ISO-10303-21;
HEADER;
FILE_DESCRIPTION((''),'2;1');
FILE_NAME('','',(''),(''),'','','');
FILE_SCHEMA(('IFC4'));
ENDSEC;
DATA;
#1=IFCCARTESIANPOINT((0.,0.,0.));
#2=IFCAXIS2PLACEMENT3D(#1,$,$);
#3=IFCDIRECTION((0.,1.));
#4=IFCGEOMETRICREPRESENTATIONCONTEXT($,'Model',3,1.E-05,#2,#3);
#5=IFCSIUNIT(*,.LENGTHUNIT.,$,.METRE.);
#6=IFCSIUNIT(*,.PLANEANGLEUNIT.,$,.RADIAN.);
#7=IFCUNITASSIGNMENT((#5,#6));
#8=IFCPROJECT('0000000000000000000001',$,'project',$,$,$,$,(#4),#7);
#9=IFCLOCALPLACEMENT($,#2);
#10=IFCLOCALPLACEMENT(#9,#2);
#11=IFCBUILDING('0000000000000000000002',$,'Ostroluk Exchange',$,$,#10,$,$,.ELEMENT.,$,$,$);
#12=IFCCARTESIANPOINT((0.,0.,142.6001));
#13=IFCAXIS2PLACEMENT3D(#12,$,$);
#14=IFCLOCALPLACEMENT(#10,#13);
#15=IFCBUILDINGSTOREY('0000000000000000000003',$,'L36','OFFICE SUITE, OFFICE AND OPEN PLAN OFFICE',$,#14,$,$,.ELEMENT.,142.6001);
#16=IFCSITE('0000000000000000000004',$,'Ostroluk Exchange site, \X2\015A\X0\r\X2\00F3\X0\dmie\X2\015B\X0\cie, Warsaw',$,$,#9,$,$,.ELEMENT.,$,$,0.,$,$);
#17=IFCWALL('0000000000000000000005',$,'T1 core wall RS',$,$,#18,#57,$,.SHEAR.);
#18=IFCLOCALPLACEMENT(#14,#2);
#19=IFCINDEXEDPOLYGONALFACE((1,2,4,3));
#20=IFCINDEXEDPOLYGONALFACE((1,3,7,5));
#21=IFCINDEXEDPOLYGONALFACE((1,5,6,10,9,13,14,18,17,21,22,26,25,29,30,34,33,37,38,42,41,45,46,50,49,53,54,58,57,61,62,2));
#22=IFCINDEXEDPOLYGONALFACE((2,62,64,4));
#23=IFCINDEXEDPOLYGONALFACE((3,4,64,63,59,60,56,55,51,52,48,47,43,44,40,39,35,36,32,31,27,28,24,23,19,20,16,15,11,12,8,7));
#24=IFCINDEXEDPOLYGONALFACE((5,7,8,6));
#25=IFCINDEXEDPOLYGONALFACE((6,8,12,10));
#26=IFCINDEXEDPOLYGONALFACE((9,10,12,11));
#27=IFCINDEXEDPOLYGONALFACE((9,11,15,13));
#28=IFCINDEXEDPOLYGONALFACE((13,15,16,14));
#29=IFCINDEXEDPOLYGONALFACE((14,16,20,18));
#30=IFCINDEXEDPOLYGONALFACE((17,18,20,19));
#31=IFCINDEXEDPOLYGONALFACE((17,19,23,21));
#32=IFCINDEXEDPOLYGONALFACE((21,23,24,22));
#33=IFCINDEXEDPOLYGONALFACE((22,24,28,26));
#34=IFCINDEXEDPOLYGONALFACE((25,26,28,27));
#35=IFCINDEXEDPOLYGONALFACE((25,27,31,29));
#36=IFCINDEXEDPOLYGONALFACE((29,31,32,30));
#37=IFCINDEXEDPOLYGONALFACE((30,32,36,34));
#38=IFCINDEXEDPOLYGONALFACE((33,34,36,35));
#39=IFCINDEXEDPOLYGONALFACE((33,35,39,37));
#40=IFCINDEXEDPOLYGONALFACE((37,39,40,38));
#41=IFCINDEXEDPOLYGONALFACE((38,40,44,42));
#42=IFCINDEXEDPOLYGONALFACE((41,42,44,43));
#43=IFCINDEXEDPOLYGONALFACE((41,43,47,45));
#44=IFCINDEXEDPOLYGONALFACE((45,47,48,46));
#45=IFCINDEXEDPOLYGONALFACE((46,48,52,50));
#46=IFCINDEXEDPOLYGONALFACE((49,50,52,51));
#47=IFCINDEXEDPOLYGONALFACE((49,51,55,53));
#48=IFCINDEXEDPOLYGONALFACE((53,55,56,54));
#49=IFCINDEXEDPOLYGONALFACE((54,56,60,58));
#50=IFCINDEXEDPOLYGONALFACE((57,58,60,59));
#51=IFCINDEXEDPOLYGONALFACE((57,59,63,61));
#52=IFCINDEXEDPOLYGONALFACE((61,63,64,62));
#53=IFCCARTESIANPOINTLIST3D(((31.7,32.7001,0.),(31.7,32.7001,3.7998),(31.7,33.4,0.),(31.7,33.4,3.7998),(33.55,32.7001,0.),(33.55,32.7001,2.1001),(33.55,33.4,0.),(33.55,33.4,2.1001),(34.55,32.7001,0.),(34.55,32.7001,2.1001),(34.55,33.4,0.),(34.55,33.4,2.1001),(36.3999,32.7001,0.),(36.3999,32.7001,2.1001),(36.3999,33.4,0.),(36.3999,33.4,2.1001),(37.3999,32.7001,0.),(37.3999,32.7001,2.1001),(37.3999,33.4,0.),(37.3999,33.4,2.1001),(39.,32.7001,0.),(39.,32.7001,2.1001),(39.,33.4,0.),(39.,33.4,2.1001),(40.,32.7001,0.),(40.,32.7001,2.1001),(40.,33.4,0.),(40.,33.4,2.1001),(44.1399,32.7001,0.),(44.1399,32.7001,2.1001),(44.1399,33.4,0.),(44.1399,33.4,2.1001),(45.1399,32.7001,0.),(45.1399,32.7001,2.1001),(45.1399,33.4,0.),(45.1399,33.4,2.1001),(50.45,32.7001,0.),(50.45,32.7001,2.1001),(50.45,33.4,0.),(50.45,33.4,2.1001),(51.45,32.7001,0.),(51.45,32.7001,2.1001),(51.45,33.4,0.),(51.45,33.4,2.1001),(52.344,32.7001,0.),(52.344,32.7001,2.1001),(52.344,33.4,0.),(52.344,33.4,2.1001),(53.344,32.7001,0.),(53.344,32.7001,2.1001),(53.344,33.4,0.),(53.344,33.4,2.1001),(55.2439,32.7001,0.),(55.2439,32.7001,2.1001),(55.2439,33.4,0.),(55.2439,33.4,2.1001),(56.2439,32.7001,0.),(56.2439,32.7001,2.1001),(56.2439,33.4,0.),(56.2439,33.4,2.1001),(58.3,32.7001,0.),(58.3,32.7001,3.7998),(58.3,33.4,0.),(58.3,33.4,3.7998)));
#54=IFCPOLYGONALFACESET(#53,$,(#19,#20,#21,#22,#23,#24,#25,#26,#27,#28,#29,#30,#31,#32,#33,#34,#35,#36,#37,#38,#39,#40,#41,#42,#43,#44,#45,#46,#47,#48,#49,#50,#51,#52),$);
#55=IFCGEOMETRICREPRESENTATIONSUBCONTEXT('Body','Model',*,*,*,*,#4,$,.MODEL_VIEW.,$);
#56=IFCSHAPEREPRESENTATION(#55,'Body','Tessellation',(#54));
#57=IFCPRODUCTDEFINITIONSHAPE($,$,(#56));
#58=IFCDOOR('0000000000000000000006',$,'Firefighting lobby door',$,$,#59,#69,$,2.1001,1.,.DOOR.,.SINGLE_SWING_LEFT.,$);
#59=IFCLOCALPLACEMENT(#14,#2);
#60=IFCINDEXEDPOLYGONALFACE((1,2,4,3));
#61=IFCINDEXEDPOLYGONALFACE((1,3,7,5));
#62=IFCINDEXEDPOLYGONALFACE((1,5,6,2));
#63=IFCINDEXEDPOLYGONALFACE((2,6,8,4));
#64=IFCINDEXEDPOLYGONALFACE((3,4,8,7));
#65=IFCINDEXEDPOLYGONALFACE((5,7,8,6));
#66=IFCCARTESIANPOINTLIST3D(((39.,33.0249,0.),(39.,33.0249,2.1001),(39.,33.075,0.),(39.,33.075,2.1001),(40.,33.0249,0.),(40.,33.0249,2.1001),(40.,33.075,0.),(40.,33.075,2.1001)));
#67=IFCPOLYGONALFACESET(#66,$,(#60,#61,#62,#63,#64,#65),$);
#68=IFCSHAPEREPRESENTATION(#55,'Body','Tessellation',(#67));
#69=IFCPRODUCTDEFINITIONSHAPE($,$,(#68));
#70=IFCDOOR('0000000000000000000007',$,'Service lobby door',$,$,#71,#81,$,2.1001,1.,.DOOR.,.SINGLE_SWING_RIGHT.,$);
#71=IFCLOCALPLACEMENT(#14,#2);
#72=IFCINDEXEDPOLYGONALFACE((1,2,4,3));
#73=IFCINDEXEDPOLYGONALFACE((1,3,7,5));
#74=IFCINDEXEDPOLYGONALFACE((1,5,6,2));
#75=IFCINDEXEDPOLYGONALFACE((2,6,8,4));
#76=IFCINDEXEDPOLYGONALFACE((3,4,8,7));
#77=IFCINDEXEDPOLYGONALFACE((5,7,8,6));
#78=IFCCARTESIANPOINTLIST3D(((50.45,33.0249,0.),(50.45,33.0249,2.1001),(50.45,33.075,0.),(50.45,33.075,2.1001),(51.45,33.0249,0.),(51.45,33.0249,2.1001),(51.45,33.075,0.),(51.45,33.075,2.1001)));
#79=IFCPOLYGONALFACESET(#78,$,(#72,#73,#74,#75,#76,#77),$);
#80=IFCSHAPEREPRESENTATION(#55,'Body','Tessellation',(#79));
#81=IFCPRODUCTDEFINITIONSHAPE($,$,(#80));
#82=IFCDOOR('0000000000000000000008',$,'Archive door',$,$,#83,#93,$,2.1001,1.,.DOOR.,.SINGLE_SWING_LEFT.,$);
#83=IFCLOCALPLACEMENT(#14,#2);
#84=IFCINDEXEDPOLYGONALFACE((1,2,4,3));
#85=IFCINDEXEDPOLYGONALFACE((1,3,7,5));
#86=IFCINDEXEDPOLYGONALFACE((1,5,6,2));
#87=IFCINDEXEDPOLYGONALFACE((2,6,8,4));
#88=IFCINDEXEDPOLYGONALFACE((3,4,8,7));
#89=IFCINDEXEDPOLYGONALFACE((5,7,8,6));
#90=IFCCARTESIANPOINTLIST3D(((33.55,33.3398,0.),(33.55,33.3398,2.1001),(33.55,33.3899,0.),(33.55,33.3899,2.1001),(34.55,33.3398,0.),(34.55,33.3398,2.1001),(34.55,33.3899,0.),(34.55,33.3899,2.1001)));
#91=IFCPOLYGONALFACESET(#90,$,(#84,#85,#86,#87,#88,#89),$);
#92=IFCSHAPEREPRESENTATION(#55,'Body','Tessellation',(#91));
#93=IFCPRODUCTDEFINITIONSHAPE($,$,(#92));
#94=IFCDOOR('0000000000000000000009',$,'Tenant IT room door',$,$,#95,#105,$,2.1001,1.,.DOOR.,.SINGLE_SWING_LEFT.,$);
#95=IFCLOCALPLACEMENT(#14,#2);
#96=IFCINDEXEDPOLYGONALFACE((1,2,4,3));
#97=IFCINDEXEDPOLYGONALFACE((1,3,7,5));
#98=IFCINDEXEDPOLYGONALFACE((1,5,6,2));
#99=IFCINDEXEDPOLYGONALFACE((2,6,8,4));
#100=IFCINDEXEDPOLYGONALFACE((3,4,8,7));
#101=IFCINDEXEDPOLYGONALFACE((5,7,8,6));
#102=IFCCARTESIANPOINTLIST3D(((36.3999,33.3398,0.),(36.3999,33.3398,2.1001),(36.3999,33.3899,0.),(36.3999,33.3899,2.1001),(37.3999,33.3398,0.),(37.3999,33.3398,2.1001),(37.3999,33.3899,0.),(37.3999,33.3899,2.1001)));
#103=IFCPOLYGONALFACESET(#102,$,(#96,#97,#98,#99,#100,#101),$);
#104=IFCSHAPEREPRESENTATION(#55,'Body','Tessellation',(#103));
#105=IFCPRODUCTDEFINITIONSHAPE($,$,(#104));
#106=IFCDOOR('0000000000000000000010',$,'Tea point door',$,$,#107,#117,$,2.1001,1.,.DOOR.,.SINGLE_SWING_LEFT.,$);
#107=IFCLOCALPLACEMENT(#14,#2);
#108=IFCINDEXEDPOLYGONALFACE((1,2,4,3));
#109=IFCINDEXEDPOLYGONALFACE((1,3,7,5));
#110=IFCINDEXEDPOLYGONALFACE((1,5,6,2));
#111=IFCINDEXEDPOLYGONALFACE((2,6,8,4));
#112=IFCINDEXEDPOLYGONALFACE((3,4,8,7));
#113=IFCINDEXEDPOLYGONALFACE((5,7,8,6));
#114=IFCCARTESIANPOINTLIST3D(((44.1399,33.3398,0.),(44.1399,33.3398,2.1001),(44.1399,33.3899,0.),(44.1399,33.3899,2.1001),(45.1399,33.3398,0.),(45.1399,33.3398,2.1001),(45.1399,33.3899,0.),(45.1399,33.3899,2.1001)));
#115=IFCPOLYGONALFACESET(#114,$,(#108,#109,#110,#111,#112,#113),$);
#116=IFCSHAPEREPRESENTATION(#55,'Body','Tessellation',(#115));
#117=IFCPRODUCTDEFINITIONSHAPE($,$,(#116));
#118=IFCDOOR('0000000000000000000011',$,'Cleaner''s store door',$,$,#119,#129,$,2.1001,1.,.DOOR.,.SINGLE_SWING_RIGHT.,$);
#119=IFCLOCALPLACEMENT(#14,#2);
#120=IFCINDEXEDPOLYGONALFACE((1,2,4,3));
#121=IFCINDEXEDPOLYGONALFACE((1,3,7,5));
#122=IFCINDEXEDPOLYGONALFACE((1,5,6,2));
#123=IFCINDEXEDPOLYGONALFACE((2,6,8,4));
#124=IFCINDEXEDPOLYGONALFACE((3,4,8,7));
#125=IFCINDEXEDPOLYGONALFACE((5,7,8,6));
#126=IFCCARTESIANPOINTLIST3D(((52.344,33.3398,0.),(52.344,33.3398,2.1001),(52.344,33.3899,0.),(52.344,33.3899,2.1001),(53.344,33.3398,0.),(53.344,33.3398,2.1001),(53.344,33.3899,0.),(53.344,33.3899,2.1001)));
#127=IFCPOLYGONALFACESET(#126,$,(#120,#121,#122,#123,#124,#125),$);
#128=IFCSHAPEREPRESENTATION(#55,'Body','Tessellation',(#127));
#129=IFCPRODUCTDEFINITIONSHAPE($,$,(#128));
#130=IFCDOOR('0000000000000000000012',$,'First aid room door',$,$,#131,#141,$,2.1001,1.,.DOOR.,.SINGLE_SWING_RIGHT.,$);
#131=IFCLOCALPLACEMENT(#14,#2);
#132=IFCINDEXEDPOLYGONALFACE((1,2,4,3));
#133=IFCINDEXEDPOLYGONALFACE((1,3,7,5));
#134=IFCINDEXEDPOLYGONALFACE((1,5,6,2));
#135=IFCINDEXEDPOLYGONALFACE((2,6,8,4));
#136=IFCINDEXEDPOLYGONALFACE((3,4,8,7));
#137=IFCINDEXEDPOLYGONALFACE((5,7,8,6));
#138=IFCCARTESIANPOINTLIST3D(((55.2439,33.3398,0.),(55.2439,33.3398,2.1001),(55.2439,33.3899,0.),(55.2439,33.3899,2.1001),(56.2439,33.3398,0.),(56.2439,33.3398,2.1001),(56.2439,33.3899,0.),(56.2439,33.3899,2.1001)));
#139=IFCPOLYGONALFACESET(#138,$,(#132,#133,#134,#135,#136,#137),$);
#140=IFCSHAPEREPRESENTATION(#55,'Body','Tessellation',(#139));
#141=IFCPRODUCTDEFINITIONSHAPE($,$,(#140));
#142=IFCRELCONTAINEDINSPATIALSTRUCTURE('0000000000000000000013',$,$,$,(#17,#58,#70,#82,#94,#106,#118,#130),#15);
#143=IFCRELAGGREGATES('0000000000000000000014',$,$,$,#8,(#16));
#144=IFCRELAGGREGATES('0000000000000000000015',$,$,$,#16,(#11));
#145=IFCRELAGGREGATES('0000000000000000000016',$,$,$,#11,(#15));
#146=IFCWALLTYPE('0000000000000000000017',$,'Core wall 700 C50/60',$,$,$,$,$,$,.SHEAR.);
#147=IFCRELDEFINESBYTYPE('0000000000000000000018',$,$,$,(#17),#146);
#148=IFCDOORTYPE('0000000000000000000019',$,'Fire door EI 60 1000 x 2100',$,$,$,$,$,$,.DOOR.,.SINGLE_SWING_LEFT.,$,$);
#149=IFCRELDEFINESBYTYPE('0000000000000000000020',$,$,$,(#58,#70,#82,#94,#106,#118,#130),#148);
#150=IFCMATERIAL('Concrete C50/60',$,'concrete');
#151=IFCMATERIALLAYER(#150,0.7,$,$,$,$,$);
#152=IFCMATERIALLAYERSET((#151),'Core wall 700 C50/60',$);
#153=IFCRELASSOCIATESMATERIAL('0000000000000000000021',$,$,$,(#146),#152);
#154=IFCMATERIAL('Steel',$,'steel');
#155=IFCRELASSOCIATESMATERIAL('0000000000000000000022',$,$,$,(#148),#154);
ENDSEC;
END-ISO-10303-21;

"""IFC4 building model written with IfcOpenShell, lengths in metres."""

from ifc_helpers import new_model, si_unit, direction, frame, frame_2d, origin, place, context, subcontext, project, spatial, rectangle, extrude, material, layer, layer_set, type_object, element, fill, save


model = new_model("IFC4")

# Units and contexts
model_context = context("Model", 3, precision=1e-05, world=origin(), true_north=direction((0.0, 1.0)))
body_context = subcontext(model_context, "Body", "Model", "MODEL_VIEW")
ifc_project = project(units=[si_unit("LENGTHUNIT", "METRE"), si_unit("PLANEANGLEUNIT", "RADIAN")], contexts=[model_context])

# Site, building, storey
site_placement = place(None, origin())
site = spatial("IfcSite", under=ifc_project, at=site_placement, Name="Ostroluk Exchange site, Śródmieście, Warsaw", CompositionType="ELEMENT", RefElevation=0.0)
building_placement = place(site_placement, origin())
building = spatial("IfcBuilding", under=site, at=building_placement, Name="Ostroluk Exchange", CompositionType="ELEMENT")
storey_placement = place(building_placement, frame((0.0, 0.0, 142.6001)))
storey = spatial("IfcBuildingStorey", under=building, at=storey_placement, Name="L36", Description="OFFICE SUITE, OFFICE AND OPEN PLAN OFFICE", CompositionType="ELEMENT", Elevation=142.6001)

# Wall, openings, doors
ifc_material_1 = material(Name="Concrete C50/60", Category="concrete")
ifc_layer_1 = layer(ifc_material_1, 0.7)
ifc_layer_set_1 = layer_set([ifc_layer_1], Name="Core wall 700 C50/60")
wall_type_1 = type_object("IfcWallType", Name="Core wall 700 C50/60", PredefinedType="SHEAR", material=ifc_layer_set_1)
wall_1_placement = place(storey_placement, frame((31.7, 33.05, 0.0), z_axis=(0.0, 0.0, 1.0), x_axis=(1.0, 0.0, 0.0)))
wall_1 = element("IfcWall", 1, at=wall_1_placement, inside=storey, type_object=wall_type_1, Name="T1 core wall RS", PredefinedType="SHEAR", context=body_context, shape_type="SweptSolid", body=[
    extrude(rectangle(XDim=26.6001, YDim=0.7, at=frame_2d((13.3, 0.0))), origin(), (0.0, 0.0, 1.0), 3.7998),
])
opening_1_placement = place(wall_1_placement, frame((7.3, 0.0, 0.0)))
opening_1 = element("IfcOpeningElement", 2, at=opening_1_placement, cuts=wall_1, PredefinedType="OPENING", context=body_context, shape_type="SweptSolid", body=[
    extrude(rectangle(XDim=1.0, YDim=2.1001, at=frame_2d((0.5, 1.05))), frame((0.0, 0.3599, 0.0), z_axis=(0.0, -1.0, 0.0), x_axis=(1.0, 0.0, 0.0)), (0.0, 0.0, 1.0), 0.72),
])
opening_2_placement = place(wall_1_placement, frame((18.75, 0.0, 0.0)))
opening_2 = element("IfcOpeningElement", 3, at=opening_2_placement, cuts=wall_1, PredefinedType="OPENING", context=body_context, shape_type="SweptSolid", body=[
    extrude(rectangle(XDim=1.0, YDim=2.1001, at=frame_2d((0.5, 1.05))), frame((0.0, 0.3599, 0.0), z_axis=(0.0, -1.0, 0.0), x_axis=(1.0, 0.0, 0.0)), (0.0, 0.0, 1.0), 0.72),
])
opening_3_placement = place(wall_1_placement, frame((1.8501, 0.0, 0.0)))
opening_3 = element("IfcOpeningElement", 4, at=opening_3_placement, cuts=wall_1, PredefinedType="OPENING", context=body_context, shape_type="SweptSolid", body=[
    extrude(rectangle(XDim=1.0, YDim=2.1001, at=frame_2d((0.5, 1.05))), frame((0.0, 0.3599, 0.0), z_axis=(0.0, -1.0, 0.0), x_axis=(1.0, 0.0, 0.0)), (0.0, 0.0, 1.0), 0.72),
])
opening_4_placement = place(wall_1_placement, frame((4.7, 0.0, 0.0)))
opening_4 = element("IfcOpeningElement", 5, at=opening_4_placement, cuts=wall_1, PredefinedType="OPENING", context=body_context, shape_type="SweptSolid", body=[
    extrude(rectangle(XDim=1.0, YDim=2.1001, at=frame_2d((0.5, 1.05))), frame((0.0, 0.3599, 0.0), z_axis=(0.0, -1.0, 0.0), x_axis=(1.0, 0.0, 0.0)), (0.0, 0.0, 1.0), 0.72),
])
opening_5_placement = place(wall_1_placement, frame((12.4399, 0.0, 0.0)))
opening_5 = element("IfcOpeningElement", 6, at=opening_5_placement, cuts=wall_1, PredefinedType="OPENING", context=body_context, shape_type="SweptSolid", body=[
    extrude(rectangle(XDim=1.0, YDim=2.1001, at=frame_2d((0.5, 1.05))), frame((0.0, 0.3599, 0.0), z_axis=(0.0, -1.0, 0.0), x_axis=(1.0, 0.0, 0.0)), (0.0, 0.0, 1.0), 0.72),
])
opening_6_placement = place(wall_1_placement, frame((20.644, 0.0, 0.0)))
opening_6 = element("IfcOpeningElement", 7, at=opening_6_placement, cuts=wall_1, PredefinedType="OPENING", context=body_context, shape_type="SweptSolid", body=[
    extrude(rectangle(XDim=1.0, YDim=2.1001, at=frame_2d((0.5, 1.05))), frame((0.0, 0.3599, 0.0), z_axis=(0.0, -1.0, 0.0), x_axis=(1.0, 0.0, 0.0)), (0.0, 0.0, 1.0), 0.72),
])
opening_7_placement = place(wall_1_placement, frame((23.5439, 0.0, 0.0)))
opening_7 = element("IfcOpeningElement", 8, at=opening_7_placement, cuts=wall_1, PredefinedType="OPENING", context=body_context, shape_type="SweptSolid", body=[
    extrude(rectangle(XDim=1.0, YDim=2.1001, at=frame_2d((0.5, 1.05))), frame((0.0, 0.3599, 0.0), z_axis=(0.0, -1.0, 0.0), x_axis=(1.0, 0.0, 0.0)), (0.0, 0.0, 1.0), 0.72),
])
ifc_material_2 = material(Name="Steel", Category="steel")
door_type_1 = type_object("IfcDoorType", Name="Fire door EI 60 1000 x 2100", OperationType="SINGLE_SWING_LEFT", PredefinedType="DOOR", material=ifc_material_2)
door_1_placement = place(opening_1_placement, origin())
door_1 = element("IfcDoor", 9, at=door_1_placement, inside=storey, type_object=door_type_1, Name="Firefighting lobby door", OperationType="SINGLE_SWING_LEFT", OverallHeight=2.1001, OverallWidth=1.0, PredefinedType="DOOR", context=body_context, shape_type="SweptSolid", body=[
    extrude(rectangle(XDim=1.0, YDim=2.1001, at=frame_2d((0.5, 1.05))), frame((0.0, 0.0249, 0.0), z_axis=(0.0, -1.0, 0.0), x_axis=(1.0, 0.0, 0.0)), (0.0, 0.0, 1.0), 0.05),
])
fill(opening_1, door_1)
door_2_placement = place(opening_2_placement, origin())
door_2 = element("IfcDoor", 10, at=door_2_placement, inside=storey, type_object=door_type_1, Name="Service lobby door", OperationType="SINGLE_SWING_RIGHT", OverallHeight=2.1001, OverallWidth=1.0, PredefinedType="DOOR", context=body_context, shape_type="SweptSolid", body=[
    extrude(rectangle(XDim=1.0, YDim=2.1001, at=frame_2d((0.5, 1.05))), frame((0.0, 0.0249, 0.0), z_axis=(0.0, -1.0, 0.0), x_axis=(1.0, 0.0, 0.0)), (0.0, 0.0, 1.0), 0.05),
])
fill(opening_2, door_2)
door_3_placement = place(opening_3_placement, origin())
door_3 = element("IfcDoor", 11, at=door_3_placement, inside=storey, type_object=door_type_1, Name="Archive door", OperationType="SINGLE_SWING_LEFT", OverallHeight=2.1001, OverallWidth=1.0, PredefinedType="DOOR", context=body_context, shape_type="SweptSolid", body=[
    extrude(rectangle(XDim=1.0, YDim=2.1001, at=frame_2d((0.5, 1.05))), frame((0.0, 0.3398, 0.0), z_axis=(0.0, -1.0, 0.0), x_axis=(1.0, 0.0, 0.0)), (0.0, 0.0, 1.0), 0.05),
])
fill(opening_3, door_3)
door_4_placement = place(opening_4_placement, origin())
door_4 = element("IfcDoor", 12, at=door_4_placement, inside=storey, type_object=door_type_1, Name="Tenant IT room door", OperationType="SINGLE_SWING_LEFT", OverallHeight=2.1001, OverallWidth=1.0, PredefinedType="DOOR", context=body_context, shape_type="SweptSolid", body=[
    extrude(rectangle(XDim=1.0, YDim=2.1001, at=frame_2d((0.5, 1.05))), frame((0.0, 0.3398, 0.0), z_axis=(0.0, -1.0, 0.0), x_axis=(1.0, 0.0, 0.0)), (0.0, 0.0, 1.0), 0.05),
])
fill(opening_4, door_4)
door_5_placement = place(opening_5_placement, origin())
door_5 = element("IfcDoor", 13, at=door_5_placement, inside=storey, type_object=door_type_1, Name="Tea point door", OperationType="SINGLE_SWING_LEFT", OverallHeight=2.1001, OverallWidth=1.0, PredefinedType="DOOR", context=body_context, shape_type="SweptSolid", body=[
    extrude(rectangle(XDim=1.0, YDim=2.1001, at=frame_2d((0.5, 1.05))), frame((0.0, 0.3398, 0.0), z_axis=(0.0, -1.0, 0.0), x_axis=(1.0, 0.0, 0.0)), (0.0, 0.0, 1.0), 0.05),
])
fill(opening_5, door_5)
door_6_placement = place(opening_6_placement, origin())
door_6 = element("IfcDoor", 14, at=door_6_placement, inside=storey, type_object=door_type_1, Name="Cleaner's store door", OperationType="SINGLE_SWING_RIGHT", OverallHeight=2.1001, OverallWidth=1.0, PredefinedType="DOOR", context=body_context, shape_type="SweptSolid", body=[
    extrude(rectangle(XDim=1.0, YDim=2.1001, at=frame_2d((0.5, 1.05))), frame((0.0, 0.3398, 0.0), z_axis=(0.0, -1.0, 0.0), x_axis=(1.0, 0.0, 0.0)), (0.0, 0.0, 1.0), 0.05),
])
fill(opening_6, door_6)
door_7_placement = place(opening_7_placement, origin())
door_7 = element("IfcDoor", 15, at=door_7_placement, inside=storey, type_object=door_type_1, Name="First aid room door", OperationType="SINGLE_SWING_RIGHT", OverallHeight=2.1001, OverallWidth=1.0, PredefinedType="DOOR", context=body_context, shape_type="SweptSolid", body=[
    extrude(rectangle(XDim=1.0, YDim=2.1001, at=frame_2d((0.5, 1.05))), frame((0.0, 0.3398, 0.0), z_axis=(0.0, -1.0, 0.0), x_axis=(1.0, 0.0, 0.0)), (0.0, 0.0, 1.0), 0.05),
])
fill(opening_7, door_7)

save(model, "model.ifc")
